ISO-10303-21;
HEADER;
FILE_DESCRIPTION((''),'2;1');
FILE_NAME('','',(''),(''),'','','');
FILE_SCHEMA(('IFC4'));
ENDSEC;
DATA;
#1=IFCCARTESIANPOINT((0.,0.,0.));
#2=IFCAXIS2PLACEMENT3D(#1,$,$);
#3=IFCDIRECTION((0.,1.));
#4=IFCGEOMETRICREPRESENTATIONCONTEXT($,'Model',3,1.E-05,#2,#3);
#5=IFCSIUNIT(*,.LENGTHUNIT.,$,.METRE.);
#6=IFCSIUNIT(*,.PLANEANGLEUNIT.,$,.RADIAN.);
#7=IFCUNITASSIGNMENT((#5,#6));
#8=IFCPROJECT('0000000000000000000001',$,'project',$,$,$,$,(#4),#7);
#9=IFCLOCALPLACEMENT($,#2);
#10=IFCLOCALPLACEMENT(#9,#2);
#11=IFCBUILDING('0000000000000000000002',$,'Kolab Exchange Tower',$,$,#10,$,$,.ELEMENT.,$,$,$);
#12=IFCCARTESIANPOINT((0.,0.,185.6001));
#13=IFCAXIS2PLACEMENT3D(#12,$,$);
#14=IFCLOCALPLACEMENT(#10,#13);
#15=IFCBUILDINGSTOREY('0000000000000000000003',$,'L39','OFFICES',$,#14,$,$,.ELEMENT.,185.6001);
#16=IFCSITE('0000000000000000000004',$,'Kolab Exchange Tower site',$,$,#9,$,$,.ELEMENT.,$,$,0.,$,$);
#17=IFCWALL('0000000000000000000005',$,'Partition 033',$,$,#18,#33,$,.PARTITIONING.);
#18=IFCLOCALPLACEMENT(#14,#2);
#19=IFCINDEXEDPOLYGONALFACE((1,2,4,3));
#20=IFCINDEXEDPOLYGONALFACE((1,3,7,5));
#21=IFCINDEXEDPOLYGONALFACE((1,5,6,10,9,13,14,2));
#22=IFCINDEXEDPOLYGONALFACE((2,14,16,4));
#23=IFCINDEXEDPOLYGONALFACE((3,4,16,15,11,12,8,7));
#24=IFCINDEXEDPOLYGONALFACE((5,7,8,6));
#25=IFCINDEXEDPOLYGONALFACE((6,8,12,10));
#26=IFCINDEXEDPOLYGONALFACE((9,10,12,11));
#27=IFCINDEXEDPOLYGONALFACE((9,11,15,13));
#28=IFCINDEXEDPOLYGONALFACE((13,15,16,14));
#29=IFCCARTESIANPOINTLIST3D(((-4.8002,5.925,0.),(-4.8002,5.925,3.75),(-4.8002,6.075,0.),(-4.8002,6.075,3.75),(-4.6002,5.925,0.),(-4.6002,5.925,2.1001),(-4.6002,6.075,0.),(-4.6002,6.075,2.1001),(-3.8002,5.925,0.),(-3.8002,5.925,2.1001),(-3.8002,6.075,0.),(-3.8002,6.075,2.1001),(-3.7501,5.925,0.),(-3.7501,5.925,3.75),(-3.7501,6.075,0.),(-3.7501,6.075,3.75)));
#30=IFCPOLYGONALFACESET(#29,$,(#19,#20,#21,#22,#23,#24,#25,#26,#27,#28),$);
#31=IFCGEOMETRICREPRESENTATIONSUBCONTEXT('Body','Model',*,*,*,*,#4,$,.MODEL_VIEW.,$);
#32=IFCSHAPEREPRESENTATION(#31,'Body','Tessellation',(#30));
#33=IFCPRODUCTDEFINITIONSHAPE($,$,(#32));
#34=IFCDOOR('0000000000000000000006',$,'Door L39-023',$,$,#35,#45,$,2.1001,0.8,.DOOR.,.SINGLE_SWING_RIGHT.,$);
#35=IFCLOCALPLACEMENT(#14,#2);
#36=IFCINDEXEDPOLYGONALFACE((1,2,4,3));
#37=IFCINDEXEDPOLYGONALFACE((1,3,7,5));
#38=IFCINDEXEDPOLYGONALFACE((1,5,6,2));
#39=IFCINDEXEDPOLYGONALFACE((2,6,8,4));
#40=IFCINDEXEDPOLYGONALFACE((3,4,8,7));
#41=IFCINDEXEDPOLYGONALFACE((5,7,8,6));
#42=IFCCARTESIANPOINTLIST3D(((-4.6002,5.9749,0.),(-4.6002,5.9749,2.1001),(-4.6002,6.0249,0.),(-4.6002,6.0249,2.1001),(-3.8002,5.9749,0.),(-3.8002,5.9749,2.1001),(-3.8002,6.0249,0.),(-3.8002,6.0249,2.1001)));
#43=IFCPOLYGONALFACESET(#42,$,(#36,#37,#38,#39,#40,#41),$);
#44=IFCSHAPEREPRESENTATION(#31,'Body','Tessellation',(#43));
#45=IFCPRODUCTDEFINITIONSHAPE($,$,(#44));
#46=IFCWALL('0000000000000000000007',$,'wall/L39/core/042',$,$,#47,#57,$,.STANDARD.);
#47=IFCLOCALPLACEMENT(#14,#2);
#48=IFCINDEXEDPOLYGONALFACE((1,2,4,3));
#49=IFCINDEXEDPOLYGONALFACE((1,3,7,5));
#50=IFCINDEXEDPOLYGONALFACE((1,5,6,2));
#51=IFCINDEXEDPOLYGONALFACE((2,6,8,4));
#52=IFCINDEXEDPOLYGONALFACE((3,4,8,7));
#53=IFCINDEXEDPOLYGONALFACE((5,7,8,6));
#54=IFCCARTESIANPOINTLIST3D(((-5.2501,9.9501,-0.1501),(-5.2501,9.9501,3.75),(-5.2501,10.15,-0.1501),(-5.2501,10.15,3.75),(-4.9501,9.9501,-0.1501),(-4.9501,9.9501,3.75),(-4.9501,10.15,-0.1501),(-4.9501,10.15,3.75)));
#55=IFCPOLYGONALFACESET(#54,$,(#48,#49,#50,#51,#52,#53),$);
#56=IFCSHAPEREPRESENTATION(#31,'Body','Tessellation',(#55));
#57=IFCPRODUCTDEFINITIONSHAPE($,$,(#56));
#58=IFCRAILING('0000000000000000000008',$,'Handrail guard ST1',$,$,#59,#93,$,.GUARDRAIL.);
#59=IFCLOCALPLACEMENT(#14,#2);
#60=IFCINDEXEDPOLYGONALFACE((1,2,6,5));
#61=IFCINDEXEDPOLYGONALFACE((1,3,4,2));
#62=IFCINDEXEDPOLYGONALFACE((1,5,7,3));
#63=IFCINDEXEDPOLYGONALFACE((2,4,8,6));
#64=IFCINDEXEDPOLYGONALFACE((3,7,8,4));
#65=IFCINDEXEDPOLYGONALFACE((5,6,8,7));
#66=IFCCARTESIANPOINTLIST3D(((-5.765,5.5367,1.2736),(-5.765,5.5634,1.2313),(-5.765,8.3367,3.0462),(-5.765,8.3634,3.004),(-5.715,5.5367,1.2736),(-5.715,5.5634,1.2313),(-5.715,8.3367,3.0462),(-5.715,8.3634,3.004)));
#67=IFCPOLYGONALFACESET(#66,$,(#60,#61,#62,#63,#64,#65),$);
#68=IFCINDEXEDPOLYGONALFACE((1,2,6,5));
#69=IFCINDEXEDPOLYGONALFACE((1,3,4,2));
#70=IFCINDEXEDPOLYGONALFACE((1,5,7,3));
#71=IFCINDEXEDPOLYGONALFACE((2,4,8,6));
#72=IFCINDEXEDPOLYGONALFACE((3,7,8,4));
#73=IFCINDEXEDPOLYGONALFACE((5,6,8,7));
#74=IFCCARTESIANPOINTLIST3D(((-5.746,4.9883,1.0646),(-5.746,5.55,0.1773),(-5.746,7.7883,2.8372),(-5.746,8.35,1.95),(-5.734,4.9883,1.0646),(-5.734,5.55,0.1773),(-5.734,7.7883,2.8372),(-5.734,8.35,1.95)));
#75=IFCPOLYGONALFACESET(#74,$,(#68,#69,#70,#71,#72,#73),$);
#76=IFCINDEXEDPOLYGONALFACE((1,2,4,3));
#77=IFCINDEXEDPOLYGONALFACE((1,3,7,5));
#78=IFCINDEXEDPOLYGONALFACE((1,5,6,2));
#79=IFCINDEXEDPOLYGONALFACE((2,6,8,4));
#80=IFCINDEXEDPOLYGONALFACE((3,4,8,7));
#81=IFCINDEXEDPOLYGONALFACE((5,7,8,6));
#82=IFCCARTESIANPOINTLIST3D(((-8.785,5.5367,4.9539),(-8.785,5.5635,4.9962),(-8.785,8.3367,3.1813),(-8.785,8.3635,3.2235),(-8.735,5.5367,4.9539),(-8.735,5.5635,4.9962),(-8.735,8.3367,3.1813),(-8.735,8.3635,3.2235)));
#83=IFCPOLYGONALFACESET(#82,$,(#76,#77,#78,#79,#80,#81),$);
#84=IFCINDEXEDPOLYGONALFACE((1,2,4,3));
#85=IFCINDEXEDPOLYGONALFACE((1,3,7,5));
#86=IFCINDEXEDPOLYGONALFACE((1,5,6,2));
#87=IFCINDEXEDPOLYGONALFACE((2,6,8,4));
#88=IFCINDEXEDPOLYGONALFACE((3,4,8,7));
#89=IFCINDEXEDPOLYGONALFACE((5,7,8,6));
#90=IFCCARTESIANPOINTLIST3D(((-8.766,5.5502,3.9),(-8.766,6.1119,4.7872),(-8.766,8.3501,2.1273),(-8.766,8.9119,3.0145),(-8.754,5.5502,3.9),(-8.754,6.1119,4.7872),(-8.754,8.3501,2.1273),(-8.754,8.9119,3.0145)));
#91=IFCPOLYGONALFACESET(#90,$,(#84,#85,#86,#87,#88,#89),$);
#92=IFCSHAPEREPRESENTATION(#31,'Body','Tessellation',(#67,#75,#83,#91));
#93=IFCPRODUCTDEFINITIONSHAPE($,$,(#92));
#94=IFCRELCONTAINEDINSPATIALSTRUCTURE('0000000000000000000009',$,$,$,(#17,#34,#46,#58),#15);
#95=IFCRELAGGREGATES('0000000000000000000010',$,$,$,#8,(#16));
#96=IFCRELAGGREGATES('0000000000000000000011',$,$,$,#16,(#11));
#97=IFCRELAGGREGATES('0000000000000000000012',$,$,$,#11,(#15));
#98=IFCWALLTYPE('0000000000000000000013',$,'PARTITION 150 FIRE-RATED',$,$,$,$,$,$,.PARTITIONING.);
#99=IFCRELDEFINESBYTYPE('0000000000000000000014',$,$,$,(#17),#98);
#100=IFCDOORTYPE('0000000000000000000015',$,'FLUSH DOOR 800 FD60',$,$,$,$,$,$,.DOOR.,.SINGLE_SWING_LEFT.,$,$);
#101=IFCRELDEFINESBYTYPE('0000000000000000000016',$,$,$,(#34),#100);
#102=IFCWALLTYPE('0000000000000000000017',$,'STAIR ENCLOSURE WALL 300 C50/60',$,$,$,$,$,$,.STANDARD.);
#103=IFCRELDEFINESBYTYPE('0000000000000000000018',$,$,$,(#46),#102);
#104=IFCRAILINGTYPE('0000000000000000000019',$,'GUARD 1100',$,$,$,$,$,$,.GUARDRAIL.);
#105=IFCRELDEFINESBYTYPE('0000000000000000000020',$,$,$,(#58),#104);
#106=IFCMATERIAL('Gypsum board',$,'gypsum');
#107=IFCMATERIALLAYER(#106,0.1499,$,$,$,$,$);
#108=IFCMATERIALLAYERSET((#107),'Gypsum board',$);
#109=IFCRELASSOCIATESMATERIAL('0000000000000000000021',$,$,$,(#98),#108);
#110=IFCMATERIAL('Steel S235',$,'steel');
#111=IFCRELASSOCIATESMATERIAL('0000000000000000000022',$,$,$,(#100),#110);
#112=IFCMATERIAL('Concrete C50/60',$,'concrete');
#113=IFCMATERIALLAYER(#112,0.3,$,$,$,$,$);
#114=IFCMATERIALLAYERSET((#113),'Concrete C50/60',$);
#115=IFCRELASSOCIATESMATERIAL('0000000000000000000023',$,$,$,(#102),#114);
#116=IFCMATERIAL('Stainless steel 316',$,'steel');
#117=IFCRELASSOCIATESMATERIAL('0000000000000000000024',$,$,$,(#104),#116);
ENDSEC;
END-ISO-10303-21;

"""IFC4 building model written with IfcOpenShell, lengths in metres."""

from ifc_helpers import new_model, si_unit, direction, frame, frame_2d, origin, origin_2d, place, context, subcontext, project, spatial, rectangle, extrude, material, layer, layer_set, type_object, element, fill, save


model = new_model("IFC4")

# Units and contexts
model_context = context("Model", 3, precision=1e-05, world=origin(), true_north=direction((0.0, 1.0)))
body_context = subcontext(model_context, "Body", "Model", "MODEL_VIEW")
ifc_project = project(units=[si_unit("LENGTHUNIT", "METRE"), si_unit("PLANEANGLEUNIT", "RADIAN")], contexts=[model_context])

# Site, building, storey
site_placement = place(None, origin())
site = spatial("IfcSite", under=ifc_project, at=site_placement, Name="Kolab Exchange Tower site", CompositionType="ELEMENT", RefElevation=0.0)
building_placement = place(site_placement, origin())
building = spatial("IfcBuilding", under=site, at=building_placement, Name="Kolab Exchange Tower", CompositionType="ELEMENT")
storey_placement = place(building_placement, frame((0.0, 0.0, 185.6001)))
storey = spatial("IfcBuildingStorey", under=building, at=storey_placement, Name="L39", Description="OFFICES", CompositionType="ELEMENT", Elevation=185.6001)

# Shared definitions
ifc_material_1 = material(Name="Steel S235", Category="steel")
ifc_material_2 = material(Name="Concrete C50/60", Category="concrete")
ifc_material_3 = material(Name="Stainless steel 316", Category="steel")

# Shared definitions
ifc_material_4 = material(Name="Gypsum board", Category="gypsum")
ifc_layer_1 = layer(ifc_material_4, 0.1499)
ifc_layer_set_1 = layer_set([ifc_layer_1], Name="Gypsum board")
wall_type_1 = type_object("IfcWallType", Name="PARTITION 150 FIRE-RATED", PredefinedType="PARTITIONING", material=ifc_layer_set_1)

# Wall, opening, door
wall_1_placement = place(storey_placement, frame((-4.8, 6.0, 0.0), z_axis=(0.0, 0.0, 1.0), x_axis=(1.0, 0.0, 0.0)))
wall_1 = element("IfcWall", 1, at=wall_1_placement, inside=storey, type_object=wall_type_1, Name="Partition 033", PredefinedType="PARTITIONING", context=body_context, shape_type="SweptSolid", body=[
    extrude(rectangle(XDim=1.05, YDim=0.1499, at=frame_2d((0.5249, 0.0))), origin(), (0.0, 0.0, 1.0), 3.75),
])
opening_1_placement = place(wall_1_placement, frame((0.2, 0.0, 0.0)))
opening_1 = element("IfcOpeningElement", 2, at=opening_1_placement, cuts=wall_1, PredefinedType="OPENING", context=body_context, shape_type="SweptSolid", body=[
    extrude(rectangle(XDim=0.8, YDim=2.1001, at=frame_2d((0.3999, 1.05))), frame((0.0, 0.085, 0.0), z_axis=(0.0, -1.0, 0.0), x_axis=(1.0, 0.0, 0.0)), (0.0, 0.0, 1.0), 0.1699),
])
door_type_1 = type_object("IfcDoorType", Name="FLUSH DOOR 800 FD60", OperationType="SINGLE_SWING_LEFT", PredefinedType="DOOR", material=ifc_material_1)
door_1_placement = place(opening_1_placement, origin())
door_1 = element("IfcDoor", 3, at=door_1_placement, inside=storey, type_object=door_type_1, Name="Door L39-023", OperationType="SINGLE_SWING_RIGHT", OverallHeight=2.1001, OverallWidth=0.8, PredefinedType="DOOR", context=body_context, shape_type="SweptSolid", body=[
    extrude(rectangle(XDim=0.8, YDim=2.1001, at=frame_2d((0.3999, 1.05))), frame((0.0, 0.0249, 0.0), z_axis=(0.0, -1.0, 0.0), x_axis=(1.0, 0.0, 0.0)), (0.0, 0.0, 1.0), 0.05),
])
fill(opening_1, door_1)

# Wall
ifc_layer_2 = layer(ifc_material_2, 0.3)
ifc_layer_set_2 = layer_set([ifc_layer_2], Name="Concrete C50/60")
wall_type_2 = type_object("IfcWallType", Name="STAIR ENCLOSURE WALL 300 C50/60", PredefinedType="STANDARD", material=ifc_layer_set_2)
wall_2_placement = place(storey_placement, frame((-5.1001, 9.95, -0.1501), z_axis=(0.0, 0.0, 1.0), x_axis=(0.0, 1.0, 0.0)))
element("IfcWall", 4, at=wall_2_placement, inside=storey, type_object=wall_type_2, Name="wall/L39/core/042", PredefinedType="STANDARD", context=body_context, shape_type="SweptSolid", body=[
    extrude(rectangle(XDim=0.2, YDim=0.3, at=frame_2d((0.1001, 0.0))), origin(), (0.0, 0.0, 1.0), 3.9001),
])

# Railing
railing_type = type_object("IfcRailingType", Name="GUARD 1100", PredefinedType="GUARDRAIL", material=ifc_material_3)
railing_placement = place(storey_placement, frame((-5.74, 5.55, 0.1772)))
element("IfcRailing", 5, at=railing_placement, inside=storey, type_object=railing_type, Name="Handrail guard ST1", PredefinedType="GUARDRAIL", context=body_context, shape_type="SweptSolid", body=[
    extrude(rectangle(XDim=0.05, YDim=0.05, at=origin_2d()), frame((0.0, 0.0, 1.0752), z_axis=(0.0, 0.844909, 0.53491), x_axis=(-1.0, 0.0, 0.0)), (0.0, 0.0, 1.0), 3.314),
    extrude(rectangle(XDim=0.012, YDim=1.0501, at=frame_2d((0.0, 0.5251))), frame((0.0, 0.0, 0.0), z_axis=(0.0, 0.844909, 0.53491), x_axis=(-1.0, 0.0, 0.0)), (0.0, 0.0, 1.0), 3.314),
    extrude(rectangle(XDim=0.05, YDim=0.05, at=origin_2d()), frame((-3.02, 2.8, 3.0251), z_axis=(0.0, -0.844909, 0.53491), x_axis=(1.0, 0.0, 0.0)), (0.0, 0.0, 1.0), 3.314),
    extrude(rectangle(XDim=0.012, YDim=1.0501, at=frame_2d((0.0, 0.5251))), frame((-3.02, 2.8, 1.95), z_axis=(0.0, -0.844909, 0.53491), x_axis=(1.0, 0.0, 0.0)), (0.0, 0.0, 1.0), 3.314),
])

save(model, "model.ifc")
